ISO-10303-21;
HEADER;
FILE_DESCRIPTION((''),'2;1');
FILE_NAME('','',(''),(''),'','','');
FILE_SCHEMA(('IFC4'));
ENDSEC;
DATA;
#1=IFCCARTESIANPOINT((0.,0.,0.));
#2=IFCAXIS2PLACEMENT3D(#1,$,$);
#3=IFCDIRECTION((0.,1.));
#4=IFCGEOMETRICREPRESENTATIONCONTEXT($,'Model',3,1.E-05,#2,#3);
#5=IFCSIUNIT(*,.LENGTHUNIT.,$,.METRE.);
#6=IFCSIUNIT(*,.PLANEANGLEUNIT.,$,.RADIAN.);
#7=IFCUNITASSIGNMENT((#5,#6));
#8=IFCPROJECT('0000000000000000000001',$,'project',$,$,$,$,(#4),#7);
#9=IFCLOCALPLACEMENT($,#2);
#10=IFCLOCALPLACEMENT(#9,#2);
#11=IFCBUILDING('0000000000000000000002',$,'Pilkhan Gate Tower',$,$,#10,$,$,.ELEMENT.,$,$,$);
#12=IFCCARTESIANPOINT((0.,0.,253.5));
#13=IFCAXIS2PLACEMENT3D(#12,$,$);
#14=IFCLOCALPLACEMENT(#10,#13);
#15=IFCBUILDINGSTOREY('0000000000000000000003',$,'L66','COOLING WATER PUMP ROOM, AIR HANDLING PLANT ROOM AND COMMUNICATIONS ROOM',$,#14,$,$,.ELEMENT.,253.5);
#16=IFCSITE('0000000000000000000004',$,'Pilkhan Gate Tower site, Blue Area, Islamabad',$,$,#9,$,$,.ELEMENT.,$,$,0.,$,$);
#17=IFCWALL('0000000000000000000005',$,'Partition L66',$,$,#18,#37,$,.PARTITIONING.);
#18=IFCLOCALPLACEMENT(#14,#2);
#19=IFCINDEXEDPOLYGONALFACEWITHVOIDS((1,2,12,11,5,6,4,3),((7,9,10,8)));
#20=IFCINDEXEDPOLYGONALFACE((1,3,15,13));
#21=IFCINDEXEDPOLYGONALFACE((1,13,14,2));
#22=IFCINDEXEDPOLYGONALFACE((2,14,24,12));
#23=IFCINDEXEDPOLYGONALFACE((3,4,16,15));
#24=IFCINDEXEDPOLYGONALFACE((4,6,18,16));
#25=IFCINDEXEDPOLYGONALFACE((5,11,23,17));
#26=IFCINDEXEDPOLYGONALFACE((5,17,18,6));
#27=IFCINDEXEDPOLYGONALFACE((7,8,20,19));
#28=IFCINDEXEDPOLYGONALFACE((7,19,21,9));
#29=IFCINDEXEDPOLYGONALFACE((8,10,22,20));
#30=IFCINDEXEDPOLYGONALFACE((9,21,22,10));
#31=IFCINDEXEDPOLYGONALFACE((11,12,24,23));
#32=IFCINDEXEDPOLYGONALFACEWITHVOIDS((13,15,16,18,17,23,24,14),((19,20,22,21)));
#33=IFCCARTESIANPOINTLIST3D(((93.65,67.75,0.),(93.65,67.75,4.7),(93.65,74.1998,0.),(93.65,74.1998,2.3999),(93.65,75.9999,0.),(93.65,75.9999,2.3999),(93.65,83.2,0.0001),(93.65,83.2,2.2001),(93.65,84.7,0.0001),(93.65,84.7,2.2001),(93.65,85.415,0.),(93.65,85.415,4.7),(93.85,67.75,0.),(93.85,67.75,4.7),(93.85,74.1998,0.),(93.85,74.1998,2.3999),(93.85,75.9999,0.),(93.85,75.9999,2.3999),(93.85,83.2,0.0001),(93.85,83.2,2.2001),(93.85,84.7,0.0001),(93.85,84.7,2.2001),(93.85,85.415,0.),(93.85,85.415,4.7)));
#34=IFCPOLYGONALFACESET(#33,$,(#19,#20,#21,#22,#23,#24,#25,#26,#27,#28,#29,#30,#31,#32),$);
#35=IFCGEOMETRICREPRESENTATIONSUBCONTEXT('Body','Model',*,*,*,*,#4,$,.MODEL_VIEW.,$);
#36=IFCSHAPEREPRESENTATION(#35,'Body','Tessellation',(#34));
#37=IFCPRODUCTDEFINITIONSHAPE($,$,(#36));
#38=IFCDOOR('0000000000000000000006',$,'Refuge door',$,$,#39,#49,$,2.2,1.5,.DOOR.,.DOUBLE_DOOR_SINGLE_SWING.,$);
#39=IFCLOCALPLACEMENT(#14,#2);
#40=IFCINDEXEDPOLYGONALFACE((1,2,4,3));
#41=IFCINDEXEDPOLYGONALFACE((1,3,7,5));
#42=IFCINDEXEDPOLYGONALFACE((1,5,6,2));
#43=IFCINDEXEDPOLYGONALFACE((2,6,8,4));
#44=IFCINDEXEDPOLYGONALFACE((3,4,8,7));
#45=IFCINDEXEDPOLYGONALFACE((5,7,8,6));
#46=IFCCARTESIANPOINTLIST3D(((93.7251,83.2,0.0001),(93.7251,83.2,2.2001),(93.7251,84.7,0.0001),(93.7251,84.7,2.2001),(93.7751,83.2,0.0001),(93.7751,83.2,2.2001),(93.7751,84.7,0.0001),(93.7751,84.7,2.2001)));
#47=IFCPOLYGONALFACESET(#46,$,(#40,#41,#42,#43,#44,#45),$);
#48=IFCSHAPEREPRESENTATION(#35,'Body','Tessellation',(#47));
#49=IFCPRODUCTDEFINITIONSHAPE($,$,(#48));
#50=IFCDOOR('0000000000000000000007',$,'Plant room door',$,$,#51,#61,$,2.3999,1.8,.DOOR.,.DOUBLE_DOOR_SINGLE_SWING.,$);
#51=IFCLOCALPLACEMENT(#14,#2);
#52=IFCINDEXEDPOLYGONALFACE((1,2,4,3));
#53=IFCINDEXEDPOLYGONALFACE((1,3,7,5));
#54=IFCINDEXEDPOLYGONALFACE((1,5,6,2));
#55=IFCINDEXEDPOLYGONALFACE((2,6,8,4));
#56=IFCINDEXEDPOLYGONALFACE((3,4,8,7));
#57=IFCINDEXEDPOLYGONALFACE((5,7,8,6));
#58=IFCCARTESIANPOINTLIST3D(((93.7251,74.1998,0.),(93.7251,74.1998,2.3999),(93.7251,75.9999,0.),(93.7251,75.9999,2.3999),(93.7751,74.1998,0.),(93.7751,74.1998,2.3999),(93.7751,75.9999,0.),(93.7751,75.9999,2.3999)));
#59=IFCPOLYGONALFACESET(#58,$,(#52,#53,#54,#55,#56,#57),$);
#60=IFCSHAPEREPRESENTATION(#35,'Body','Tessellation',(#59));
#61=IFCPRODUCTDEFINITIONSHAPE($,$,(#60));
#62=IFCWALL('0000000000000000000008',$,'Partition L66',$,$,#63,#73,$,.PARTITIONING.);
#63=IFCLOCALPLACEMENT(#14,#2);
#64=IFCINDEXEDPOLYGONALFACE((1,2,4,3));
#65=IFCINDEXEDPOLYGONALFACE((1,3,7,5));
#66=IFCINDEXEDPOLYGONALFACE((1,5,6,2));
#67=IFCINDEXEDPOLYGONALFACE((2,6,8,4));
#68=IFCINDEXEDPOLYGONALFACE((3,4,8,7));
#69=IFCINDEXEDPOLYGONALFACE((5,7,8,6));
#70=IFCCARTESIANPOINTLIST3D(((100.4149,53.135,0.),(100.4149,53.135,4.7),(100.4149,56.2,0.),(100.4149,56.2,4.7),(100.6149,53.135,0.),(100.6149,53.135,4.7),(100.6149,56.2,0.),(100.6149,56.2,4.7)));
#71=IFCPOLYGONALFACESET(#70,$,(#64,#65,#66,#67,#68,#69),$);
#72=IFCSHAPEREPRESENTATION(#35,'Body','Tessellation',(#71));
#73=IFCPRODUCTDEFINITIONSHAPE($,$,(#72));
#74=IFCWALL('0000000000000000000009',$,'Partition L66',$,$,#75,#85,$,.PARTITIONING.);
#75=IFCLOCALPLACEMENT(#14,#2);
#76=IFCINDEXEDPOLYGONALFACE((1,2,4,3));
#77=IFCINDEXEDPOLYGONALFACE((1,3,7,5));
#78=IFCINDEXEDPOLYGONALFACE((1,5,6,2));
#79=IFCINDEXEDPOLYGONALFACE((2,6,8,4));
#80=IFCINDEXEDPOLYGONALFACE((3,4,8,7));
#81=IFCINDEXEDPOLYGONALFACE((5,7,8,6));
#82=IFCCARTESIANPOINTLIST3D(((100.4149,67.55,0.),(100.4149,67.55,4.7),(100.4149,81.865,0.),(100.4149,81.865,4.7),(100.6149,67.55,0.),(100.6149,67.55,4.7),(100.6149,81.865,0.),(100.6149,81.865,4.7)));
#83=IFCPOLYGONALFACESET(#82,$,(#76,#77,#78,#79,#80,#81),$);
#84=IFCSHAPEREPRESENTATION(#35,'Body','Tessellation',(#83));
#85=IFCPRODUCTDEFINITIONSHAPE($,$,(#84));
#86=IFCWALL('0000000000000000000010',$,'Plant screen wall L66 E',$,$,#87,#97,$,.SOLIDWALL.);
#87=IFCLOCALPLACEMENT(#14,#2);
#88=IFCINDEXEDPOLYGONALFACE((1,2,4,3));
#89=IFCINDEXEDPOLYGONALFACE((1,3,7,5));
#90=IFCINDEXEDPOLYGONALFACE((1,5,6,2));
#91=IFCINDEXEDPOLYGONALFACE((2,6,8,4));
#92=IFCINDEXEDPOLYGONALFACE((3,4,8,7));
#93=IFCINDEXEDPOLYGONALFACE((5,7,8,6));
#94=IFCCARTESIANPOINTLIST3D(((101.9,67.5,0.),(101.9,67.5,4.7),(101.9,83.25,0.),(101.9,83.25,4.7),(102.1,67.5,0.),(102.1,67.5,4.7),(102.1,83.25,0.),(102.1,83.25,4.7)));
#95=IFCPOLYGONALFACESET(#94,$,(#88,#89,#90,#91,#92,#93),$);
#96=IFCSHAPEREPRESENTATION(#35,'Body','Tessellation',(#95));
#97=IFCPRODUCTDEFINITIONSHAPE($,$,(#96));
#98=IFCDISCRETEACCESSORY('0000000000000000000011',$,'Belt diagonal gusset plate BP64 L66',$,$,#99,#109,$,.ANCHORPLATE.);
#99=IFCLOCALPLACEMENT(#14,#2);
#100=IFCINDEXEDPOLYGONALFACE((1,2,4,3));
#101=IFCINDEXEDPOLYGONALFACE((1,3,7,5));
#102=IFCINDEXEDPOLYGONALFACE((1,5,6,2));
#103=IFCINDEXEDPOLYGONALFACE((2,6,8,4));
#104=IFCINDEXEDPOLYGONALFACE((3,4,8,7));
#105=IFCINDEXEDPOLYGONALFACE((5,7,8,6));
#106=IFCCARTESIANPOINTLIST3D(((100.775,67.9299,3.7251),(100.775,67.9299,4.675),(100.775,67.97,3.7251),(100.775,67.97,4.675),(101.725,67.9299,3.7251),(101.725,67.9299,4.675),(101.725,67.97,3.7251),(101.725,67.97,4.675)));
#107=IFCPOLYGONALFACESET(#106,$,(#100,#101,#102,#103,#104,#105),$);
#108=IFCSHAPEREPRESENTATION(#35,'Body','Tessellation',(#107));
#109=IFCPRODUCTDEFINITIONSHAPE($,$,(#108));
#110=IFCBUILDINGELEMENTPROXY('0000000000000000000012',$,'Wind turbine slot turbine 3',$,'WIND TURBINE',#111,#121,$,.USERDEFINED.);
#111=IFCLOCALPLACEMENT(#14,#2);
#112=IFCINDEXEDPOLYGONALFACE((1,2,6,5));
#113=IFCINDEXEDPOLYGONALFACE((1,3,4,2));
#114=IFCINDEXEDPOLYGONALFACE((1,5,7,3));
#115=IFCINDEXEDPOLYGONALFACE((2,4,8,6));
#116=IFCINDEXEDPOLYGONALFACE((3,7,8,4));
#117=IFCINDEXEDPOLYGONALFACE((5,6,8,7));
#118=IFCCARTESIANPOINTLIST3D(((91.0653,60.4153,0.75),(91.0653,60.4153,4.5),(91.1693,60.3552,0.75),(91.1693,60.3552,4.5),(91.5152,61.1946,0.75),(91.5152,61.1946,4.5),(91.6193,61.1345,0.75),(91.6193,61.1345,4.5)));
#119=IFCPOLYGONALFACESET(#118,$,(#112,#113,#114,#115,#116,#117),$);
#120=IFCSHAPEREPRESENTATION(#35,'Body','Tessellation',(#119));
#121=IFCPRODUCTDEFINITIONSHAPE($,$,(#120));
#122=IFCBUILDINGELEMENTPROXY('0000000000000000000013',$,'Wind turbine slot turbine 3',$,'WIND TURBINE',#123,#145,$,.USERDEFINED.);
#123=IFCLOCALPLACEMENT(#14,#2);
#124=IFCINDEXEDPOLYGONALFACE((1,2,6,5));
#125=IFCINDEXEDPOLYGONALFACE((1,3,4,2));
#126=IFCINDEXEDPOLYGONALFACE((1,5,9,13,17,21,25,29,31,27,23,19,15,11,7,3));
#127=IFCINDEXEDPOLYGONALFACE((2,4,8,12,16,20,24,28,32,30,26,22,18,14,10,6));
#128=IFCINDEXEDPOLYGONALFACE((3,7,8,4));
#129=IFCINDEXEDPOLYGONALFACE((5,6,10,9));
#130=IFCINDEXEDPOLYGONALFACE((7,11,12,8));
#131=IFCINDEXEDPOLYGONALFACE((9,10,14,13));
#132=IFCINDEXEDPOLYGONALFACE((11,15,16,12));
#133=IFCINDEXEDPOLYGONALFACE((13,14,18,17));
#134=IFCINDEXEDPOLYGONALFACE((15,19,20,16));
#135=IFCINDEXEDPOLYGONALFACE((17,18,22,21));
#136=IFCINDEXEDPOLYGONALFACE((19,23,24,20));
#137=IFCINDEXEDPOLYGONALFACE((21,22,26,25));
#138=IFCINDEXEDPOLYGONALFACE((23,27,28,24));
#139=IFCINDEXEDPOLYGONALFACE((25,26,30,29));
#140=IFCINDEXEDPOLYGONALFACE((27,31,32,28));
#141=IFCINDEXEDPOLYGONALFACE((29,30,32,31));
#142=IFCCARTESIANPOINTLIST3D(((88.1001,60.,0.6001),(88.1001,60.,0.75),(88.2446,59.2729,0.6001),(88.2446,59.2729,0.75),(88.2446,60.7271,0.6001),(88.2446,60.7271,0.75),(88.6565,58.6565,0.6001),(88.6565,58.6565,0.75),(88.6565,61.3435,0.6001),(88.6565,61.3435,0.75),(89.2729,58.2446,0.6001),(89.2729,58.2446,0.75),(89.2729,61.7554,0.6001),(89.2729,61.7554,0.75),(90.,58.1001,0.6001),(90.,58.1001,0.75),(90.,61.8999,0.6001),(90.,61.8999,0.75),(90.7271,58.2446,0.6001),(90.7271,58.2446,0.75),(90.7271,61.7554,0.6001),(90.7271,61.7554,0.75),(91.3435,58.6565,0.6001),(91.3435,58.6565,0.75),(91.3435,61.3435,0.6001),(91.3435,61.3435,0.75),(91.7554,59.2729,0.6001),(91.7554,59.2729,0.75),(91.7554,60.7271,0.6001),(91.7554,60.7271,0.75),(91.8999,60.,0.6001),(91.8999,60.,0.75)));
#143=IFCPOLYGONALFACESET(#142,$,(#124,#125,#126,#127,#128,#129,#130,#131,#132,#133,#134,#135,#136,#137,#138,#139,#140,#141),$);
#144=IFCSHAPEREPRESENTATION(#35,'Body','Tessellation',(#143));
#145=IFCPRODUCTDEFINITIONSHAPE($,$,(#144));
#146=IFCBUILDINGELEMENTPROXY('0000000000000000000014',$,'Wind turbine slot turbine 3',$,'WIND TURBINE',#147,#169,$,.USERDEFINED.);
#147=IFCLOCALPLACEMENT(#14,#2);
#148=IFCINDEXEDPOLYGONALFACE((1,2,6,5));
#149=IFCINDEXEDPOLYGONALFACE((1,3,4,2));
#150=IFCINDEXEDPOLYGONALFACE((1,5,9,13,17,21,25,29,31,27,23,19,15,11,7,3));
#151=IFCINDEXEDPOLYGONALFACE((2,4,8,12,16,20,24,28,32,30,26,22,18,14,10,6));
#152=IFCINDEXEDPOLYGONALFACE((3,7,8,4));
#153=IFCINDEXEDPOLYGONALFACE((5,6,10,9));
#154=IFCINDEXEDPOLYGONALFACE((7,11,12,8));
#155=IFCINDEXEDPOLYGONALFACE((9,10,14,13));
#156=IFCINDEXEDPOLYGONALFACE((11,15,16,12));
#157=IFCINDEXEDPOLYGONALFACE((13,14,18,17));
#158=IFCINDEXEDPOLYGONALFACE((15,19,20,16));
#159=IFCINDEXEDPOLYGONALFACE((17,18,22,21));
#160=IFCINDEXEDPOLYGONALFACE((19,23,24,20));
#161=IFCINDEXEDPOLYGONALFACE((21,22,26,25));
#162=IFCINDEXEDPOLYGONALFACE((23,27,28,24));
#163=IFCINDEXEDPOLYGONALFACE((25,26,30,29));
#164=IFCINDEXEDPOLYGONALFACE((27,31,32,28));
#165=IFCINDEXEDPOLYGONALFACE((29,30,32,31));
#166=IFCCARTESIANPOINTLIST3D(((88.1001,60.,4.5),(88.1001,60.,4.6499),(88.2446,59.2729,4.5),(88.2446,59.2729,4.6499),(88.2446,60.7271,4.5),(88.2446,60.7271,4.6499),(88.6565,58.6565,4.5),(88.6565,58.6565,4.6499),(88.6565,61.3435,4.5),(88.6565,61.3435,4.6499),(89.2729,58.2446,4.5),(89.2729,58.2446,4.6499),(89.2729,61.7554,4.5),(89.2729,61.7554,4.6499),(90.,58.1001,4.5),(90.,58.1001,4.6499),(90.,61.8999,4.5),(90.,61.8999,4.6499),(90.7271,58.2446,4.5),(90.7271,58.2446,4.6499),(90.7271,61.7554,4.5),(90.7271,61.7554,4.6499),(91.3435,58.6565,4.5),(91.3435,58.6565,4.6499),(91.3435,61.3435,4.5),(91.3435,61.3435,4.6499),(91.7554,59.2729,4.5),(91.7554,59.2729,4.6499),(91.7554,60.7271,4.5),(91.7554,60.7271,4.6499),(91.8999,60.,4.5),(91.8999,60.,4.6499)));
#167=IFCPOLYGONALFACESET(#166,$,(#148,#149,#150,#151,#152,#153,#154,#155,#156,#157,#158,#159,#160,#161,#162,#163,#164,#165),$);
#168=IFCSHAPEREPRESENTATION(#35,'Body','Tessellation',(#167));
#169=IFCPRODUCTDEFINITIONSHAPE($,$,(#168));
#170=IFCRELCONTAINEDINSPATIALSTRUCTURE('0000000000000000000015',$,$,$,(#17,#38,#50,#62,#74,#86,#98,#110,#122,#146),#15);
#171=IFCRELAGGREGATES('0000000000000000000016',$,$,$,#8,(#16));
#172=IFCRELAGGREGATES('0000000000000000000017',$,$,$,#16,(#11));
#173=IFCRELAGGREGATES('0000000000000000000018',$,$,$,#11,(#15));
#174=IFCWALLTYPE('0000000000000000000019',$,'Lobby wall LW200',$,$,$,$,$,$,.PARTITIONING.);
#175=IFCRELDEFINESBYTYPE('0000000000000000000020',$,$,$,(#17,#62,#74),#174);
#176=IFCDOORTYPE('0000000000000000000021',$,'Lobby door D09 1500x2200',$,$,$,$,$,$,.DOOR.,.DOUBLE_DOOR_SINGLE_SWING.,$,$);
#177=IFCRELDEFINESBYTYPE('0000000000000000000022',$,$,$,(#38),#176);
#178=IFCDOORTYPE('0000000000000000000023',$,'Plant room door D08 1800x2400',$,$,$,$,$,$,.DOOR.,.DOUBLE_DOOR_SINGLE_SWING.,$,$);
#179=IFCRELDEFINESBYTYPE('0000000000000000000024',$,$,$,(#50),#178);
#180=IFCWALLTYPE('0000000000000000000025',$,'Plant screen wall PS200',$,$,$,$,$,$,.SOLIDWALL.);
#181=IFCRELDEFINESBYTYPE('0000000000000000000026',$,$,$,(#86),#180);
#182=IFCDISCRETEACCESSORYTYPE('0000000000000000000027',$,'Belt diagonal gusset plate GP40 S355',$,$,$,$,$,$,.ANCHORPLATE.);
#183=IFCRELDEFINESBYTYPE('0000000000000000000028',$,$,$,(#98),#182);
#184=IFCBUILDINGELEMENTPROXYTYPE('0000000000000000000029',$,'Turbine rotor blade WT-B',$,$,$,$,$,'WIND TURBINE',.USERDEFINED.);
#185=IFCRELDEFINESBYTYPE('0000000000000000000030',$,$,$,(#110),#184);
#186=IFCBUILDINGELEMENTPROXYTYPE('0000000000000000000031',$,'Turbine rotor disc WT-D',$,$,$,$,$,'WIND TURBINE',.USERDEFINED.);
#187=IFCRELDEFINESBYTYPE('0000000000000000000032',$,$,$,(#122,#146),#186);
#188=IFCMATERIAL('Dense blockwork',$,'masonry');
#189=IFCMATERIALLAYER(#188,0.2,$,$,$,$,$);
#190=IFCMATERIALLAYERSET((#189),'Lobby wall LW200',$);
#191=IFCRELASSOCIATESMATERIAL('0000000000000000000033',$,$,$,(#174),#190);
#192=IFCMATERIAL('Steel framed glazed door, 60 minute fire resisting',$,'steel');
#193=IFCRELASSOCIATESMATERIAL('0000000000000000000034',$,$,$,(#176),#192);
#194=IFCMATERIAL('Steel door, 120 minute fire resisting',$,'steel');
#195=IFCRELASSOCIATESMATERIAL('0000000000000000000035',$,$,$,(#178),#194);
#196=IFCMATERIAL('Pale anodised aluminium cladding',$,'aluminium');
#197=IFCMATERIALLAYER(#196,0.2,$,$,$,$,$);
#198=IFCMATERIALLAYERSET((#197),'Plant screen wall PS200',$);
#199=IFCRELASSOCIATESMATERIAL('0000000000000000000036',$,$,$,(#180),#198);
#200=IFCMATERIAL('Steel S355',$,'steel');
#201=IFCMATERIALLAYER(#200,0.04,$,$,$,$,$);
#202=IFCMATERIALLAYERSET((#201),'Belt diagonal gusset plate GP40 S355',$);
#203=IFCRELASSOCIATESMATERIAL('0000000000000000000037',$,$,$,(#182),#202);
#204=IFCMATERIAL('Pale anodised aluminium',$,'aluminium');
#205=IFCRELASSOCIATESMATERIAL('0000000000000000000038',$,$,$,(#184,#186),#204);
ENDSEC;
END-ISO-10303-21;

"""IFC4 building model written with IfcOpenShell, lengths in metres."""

from ifc_helpers import new_model, si_unit, direction, frame, frame_2d, origin, origin_2d, place, context, subcontext, project, spatial, polyline, rectangle, outline, extrude, material, layer, layer_set, material_profile, profile_set, type_object, element, fill, save


model = new_model("IFC4")

# Units and contexts
model_context = context("Model", 3, precision=1e-05, world=origin(), true_north=direction((0.0, 1.0)))
body_context = subcontext(model_context, "Body", "Model", "MODEL_VIEW")
ifc_project = project(units=[si_unit("LENGTHUNIT", "METRE"), si_unit("PLANEANGLEUNIT", "RADIAN")], contexts=[model_context])

# Site, building, storey
site_placement = place(None, origin())
site = spatial("IfcSite", under=ifc_project, at=site_placement, Name="Pilkhan Gate Tower site, Blue Area, Islamabad", CompositionType="ELEMENT", RefElevation=0.0)
building_placement = place(site_placement, origin())
building = spatial("IfcBuilding", under=site, at=building_placement, Name="Pilkhan Gate Tower", CompositionType="ELEMENT")
storey_placement = place(building_placement, frame((0.0, 0.0, 253.5)))
storey = spatial("IfcBuildingStorey", under=building, at=storey_placement, Name="L66", Description="COOLING WATER PUMP ROOM, AIR HANDLING PLANT ROOM AND COMMUNICATIONS ROOM", CompositionType="ELEMENT", Elevation=253.5)

# Shared definitions
ifc_material_1 = material(Name="Dense blockwork", Category="masonry")
ifc_layer_1 = layer(ifc_material_1, 0.2)
ifc_layer_set_1 = layer_set([ifc_layer_1], Name="Lobby wall LW200")
wall_type_1 = type_object("IfcWallType", Name="Lobby wall LW200", PredefinedType="PARTITIONING", material=ifc_layer_set_1)

# Wall, openings, doors
wall_1_placement = place(storey_placement, frame((93.75, 67.75, 0.0), z_axis=(0.0, 0.0, 1.0), x_axis=(0.0, 1.0, 0.0)))
wall_1 = element("IfcWall", 1, at=wall_1_placement, inside=storey, type_object=wall_type_1, Name="Partition L66", PredefinedType="PARTITIONING", context=body_context, shape_type="SweptSolid", body=[
    extrude(rectangle(XDim=17.665, YDim=0.2, at=frame_2d((8.8325, 0.0))), origin(), (0.0, 0.0, 1.0), 4.7),
])
opening_1_placement = place(wall_1_placement, frame((15.45, 0.0, 0.0)))
opening_1 = element("IfcOpeningElement", 2, at=opening_1_placement, cuts=wall_1, PredefinedType="OPENING", context=body_context, shape_type="SweptSolid", body=[
    extrude(rectangle(XDim=1.5, YDim=2.2, at=frame_2d((0.75, 1.1001))), frame((0.0, 0.1099, 0.0), z_axis=(0.0, -1.0, 0.0), x_axis=(1.0, 0.0, 0.0)), (0.0, 0.0, 1.0), 0.22),
])
opening_2_placement = place(wall_1_placement, frame((6.45, 0.0, 0.0)))
opening_2 = element("IfcOpeningElement", 3, at=opening_2_placement, cuts=wall_1, PredefinedType="OPENING", context=body_context, shape_type="SweptSolid", body=[
    extrude(rectangle(XDim=1.8, YDim=2.3999, at=frame_2d((0.8999, 1.2))), frame((0.0, 0.1099, 0.0), z_axis=(0.0, -1.0, 0.0), x_axis=(1.0, 0.0, 0.0)), (0.0, 0.0, 1.0), 0.22),
])
ifc_material_2 = material(Name="Steel framed glazed door, 60 minute fire resisting", Category="steel")
door_type_1 = type_object("IfcDoorType", Name="Lobby door D09 1500x2200", OperationType="DOUBLE_DOOR_SINGLE_SWING", PredefinedType="DOOR", material=ifc_material_2)
door_1_placement = place(opening_1_placement, origin())
door_1 = element("IfcDoor", 4, at=door_1_placement, inside=storey, type_object=door_type_1, Name="Refuge door", OperationType="DOUBLE_DOOR_SINGLE_SWING", OverallHeight=2.2, OverallWidth=1.5, PredefinedType="DOOR", context=body_context, shape_type="SweptSolid", body=[
    extrude(rectangle(XDim=1.5, YDim=2.2, at=frame_2d((0.75, 1.1001))), frame((0.0, 0.0249, 0.0), z_axis=(0.0, -1.0, 0.0), x_axis=(1.0, 0.0, 0.0)), (0.0, 0.0, 1.0), 0.05),
])
fill(opening_1, door_1)
ifc_material_3 = material(Name="Steel door, 120 minute fire resisting", Category="steel")
door_type_2 = type_object("IfcDoorType", Name="Plant room door D08 1800x2400", OperationType="DOUBLE_DOOR_SINGLE_SWING", PredefinedType="DOOR", material=ifc_material_3)
door_2_placement = place(opening_2_placement, origin())
door_2 = element("IfcDoor", 5, at=door_2_placement, inside=storey, type_object=door_type_2, Name="Plant room door", OperationType="DOUBLE_DOOR_SINGLE_SWING", OverallHeight=2.3999, OverallWidth=1.8, PredefinedType="DOOR", context=body_context, shape_type="SweptSolid", body=[
    extrude(rectangle(XDim=1.8, YDim=2.3999, at=frame_2d((0.8999, 1.2))), frame((0.0, 0.0249, 0.0), z_axis=(0.0, -1.0, 0.0), x_axis=(1.0, 0.0, 0.0)), (0.0, 0.0, 1.0), 0.05),
])
fill(opening_2, door_2)

# Walls
wall_2_placement = place(storey_placement, frame((100.5149, 53.135, 0.0), z_axis=(0.0, 0.0, 1.0), x_axis=(0.0, 1.0, 0.0)))
element("IfcWall", 6, at=wall_2_placement, inside=storey, type_object=wall_type_1, Name="Partition L66", PredefinedType="PARTITIONING", context=body_context, shape_type="SweptSolid", body=[
    extrude(rectangle(XDim=3.0649, YDim=0.2, at=frame_2d((1.5325, 0.0))), origin(), (0.0, 0.0, 1.0), 4.7),
])
wall_3_placement = place(storey_placement, frame((100.5149, 67.55, 0.0), z_axis=(0.0, 0.0, 1.0), x_axis=(0.0, 1.0, 0.0)))
element("IfcWall", 7, at=wall_3_placement, inside=storey, type_object=wall_type_1, Name="Partition L66", PredefinedType="PARTITIONING", context=body_context, shape_type="SweptSolid", body=[
    extrude(rectangle(XDim=14.3149, YDim=0.2, at=frame_2d((7.1575, 0.0))), origin(), (0.0, 0.0, 1.0), 4.7),
])
ifc_material_4 = material(Name="Pale anodised aluminium cladding", Category="aluminium")
ifc_layer_2 = layer(ifc_material_4, 0.2)
ifc_layer_set_2 = layer_set([ifc_layer_2], Name="Plant screen wall PS200")
wall_type_2 = type_object("IfcWallType", Name="Plant screen wall PS200", PredefinedType="SOLIDWALL", material=ifc_layer_set_2)
wall_4_placement = place(storey_placement, frame((102.0, 67.5, 0.0), z_axis=(0.0, 0.0, 1.0), x_axis=(0.0, 1.0, 0.0)))
element("IfcWall", 8, at=wall_4_placement, inside=storey, type_object=wall_type_2, Name="Plant screen wall L66 E", PredefinedType="SOLIDWALL", context=body_context, shape_type="SweptSolid", body=[
    extrude(rectangle(XDim=15.75, YDim=0.2, at=frame_2d((7.875, 0.0))), origin(), (0.0, 0.0, 1.0), 4.7),
])

# Discrete accessory
ifc_material_5 = material(Name="Steel S355", Category="steel")
ifc_layer_3 = layer(ifc_material_5, 0.04)
ifc_layer_set_3 = layer_set([ifc_layer_3], Name="Belt diagonal gusset plate GP40 S355")
discrete_accessory_type = type_object("IfcDiscreteAccessoryType", Name="Belt diagonal gusset plate GP40 S355", PredefinedType="ANCHORPLATE", material=ifc_layer_set_3)
discrete_accessory_placement = place(storey_placement, frame((101.25, 67.95, 3.7251), z_axis=(0.0, 0.0, 1.0), x_axis=(0.0, 1.0, 0.0)))
element("IfcDiscreteAccessory", 9, at=discrete_accessory_placement, inside=storey, type_object=discrete_accessory_type, Name="Belt diagonal gusset plate BP64 L66", PredefinedType="ANCHORPLATE", context=body_context, shape_type="SweptSolid", body=[
    extrude(rectangle(XDim=0.04, YDim=0.95, at=origin_2d()), origin(), (0.0, 0.0, 1.0), 0.95),
])

# Building element proxies
ifc_material_6 = material(Name="Pale anodised aluminium", Category="aluminium")
ifc_material_profile_1 = material_profile(ifc_material_6, rectangle(XDim=0.8999, YDim=0.1201, at=origin_2d()), Name="Blade 900x120")
ifc_profile_set_1 = profile_set([ifc_material_profile_1], Name="Pale anodised aluminium")
building_element_proxy_type_1 = type_object("IfcBuildingElementProxyType", Name="Turbine rotor blade WT-B", ElementType="WIND TURBINE", PredefinedType="USERDEFINED", material=ifc_profile_set_1)
proxy_1_placement = place(storey_placement, frame((91.3423, 60.7749, 0.75), z_axis=(0.0, 0.0, 1.0), x_axis=(0.5, 0.866025, 0.0)))
element("IfcBuildingElementProxy", 10, at=proxy_1_placement, inside=storey, type_object=building_element_proxy_type_1, Name="Wind turbine slot turbine 3", ObjectType="WIND TURBINE", PredefinedType="USERDEFINED", context=body_context, shape_type="SweptSolid", body=[
    extrude(rectangle(XDim=0.8999, YDim=0.1201, at=origin_2d()), origin(), (0.0, 0.0, 1.0), 3.75),
])
ifc_material_profile_2 = material_profile(ifc_material_6, outline(polyline([(1.8999, 0.0), (1.7554, 0.7271), (1.3435, 1.3435), (0.7271, 1.7554), (0.0, 1.8999), (-0.7271, 1.7554), (-1.3435, 1.3435), (-1.7554, 0.7271), (-1.8999, 0.0), (-1.7554, -0.7271), (-1.3435, -1.3435), (-0.7271, -1.7554), (0.0, -1.8999), (0.7271, -1.7554), (1.3435, -1.3435), (1.7554, -0.7271), (1.8999, 0.0)])), Name="Rotor disc D3.8")
ifc_profile_set_2 = profile_set([ifc_material_profile_2], Name="Pale anodised aluminium")
building_element_proxy_type_2 = type_object("IfcBuildingElementProxyType", Name="Turbine rotor disc WT-D", ElementType="WIND TURBINE", PredefinedType="USERDEFINED", material=ifc_profile_set_2)
for number, where, z_axis, x_axis, name in (
    (11, (90.0, 60.0, 0.6001), (0.0, 0.0, 1.0), (1.0, 0.0, 0.0), "Wind turbine slot turbine 3"),
    (12, (90.0, 60.0, 4.5), (0.0, 0.0, 1.0), (1.0, 0.0, 0.0), "Wind turbine slot turbine 3"),
):
    element("IfcBuildingElementProxy", number, at=place(storey_placement, frame(where, z_axis=z_axis, x_axis=x_axis)), inside=storey, type_object=building_element_proxy_type_2, Name=name, ObjectType="WIND TURBINE", PredefinedType="USERDEFINED", context=body_context, shape_type="SweptSolid", body=[
        extrude(outline(polyline([(1.8999, 0.0), (1.7554, 0.7271), (1.3435, 1.3435), (0.7271, 1.7554), (0.0, 1.8999), (-0.7271, 1.7554), (-1.3435, 1.3435), (-1.7554, 0.7271), (-1.8999, 0.0), (-1.7554, -0.7271), (-1.3435, -1.3435), (-0.7271, -1.7554), (0.0, -1.8999), (0.7271, -1.7554), (1.3435, -1.3435), (1.7554, -0.7271), (1.8999, 0.0)])), origin(), (0.0, 0.0, 1.0), 0.1499),
    ])

save(model, "model.ifc")
